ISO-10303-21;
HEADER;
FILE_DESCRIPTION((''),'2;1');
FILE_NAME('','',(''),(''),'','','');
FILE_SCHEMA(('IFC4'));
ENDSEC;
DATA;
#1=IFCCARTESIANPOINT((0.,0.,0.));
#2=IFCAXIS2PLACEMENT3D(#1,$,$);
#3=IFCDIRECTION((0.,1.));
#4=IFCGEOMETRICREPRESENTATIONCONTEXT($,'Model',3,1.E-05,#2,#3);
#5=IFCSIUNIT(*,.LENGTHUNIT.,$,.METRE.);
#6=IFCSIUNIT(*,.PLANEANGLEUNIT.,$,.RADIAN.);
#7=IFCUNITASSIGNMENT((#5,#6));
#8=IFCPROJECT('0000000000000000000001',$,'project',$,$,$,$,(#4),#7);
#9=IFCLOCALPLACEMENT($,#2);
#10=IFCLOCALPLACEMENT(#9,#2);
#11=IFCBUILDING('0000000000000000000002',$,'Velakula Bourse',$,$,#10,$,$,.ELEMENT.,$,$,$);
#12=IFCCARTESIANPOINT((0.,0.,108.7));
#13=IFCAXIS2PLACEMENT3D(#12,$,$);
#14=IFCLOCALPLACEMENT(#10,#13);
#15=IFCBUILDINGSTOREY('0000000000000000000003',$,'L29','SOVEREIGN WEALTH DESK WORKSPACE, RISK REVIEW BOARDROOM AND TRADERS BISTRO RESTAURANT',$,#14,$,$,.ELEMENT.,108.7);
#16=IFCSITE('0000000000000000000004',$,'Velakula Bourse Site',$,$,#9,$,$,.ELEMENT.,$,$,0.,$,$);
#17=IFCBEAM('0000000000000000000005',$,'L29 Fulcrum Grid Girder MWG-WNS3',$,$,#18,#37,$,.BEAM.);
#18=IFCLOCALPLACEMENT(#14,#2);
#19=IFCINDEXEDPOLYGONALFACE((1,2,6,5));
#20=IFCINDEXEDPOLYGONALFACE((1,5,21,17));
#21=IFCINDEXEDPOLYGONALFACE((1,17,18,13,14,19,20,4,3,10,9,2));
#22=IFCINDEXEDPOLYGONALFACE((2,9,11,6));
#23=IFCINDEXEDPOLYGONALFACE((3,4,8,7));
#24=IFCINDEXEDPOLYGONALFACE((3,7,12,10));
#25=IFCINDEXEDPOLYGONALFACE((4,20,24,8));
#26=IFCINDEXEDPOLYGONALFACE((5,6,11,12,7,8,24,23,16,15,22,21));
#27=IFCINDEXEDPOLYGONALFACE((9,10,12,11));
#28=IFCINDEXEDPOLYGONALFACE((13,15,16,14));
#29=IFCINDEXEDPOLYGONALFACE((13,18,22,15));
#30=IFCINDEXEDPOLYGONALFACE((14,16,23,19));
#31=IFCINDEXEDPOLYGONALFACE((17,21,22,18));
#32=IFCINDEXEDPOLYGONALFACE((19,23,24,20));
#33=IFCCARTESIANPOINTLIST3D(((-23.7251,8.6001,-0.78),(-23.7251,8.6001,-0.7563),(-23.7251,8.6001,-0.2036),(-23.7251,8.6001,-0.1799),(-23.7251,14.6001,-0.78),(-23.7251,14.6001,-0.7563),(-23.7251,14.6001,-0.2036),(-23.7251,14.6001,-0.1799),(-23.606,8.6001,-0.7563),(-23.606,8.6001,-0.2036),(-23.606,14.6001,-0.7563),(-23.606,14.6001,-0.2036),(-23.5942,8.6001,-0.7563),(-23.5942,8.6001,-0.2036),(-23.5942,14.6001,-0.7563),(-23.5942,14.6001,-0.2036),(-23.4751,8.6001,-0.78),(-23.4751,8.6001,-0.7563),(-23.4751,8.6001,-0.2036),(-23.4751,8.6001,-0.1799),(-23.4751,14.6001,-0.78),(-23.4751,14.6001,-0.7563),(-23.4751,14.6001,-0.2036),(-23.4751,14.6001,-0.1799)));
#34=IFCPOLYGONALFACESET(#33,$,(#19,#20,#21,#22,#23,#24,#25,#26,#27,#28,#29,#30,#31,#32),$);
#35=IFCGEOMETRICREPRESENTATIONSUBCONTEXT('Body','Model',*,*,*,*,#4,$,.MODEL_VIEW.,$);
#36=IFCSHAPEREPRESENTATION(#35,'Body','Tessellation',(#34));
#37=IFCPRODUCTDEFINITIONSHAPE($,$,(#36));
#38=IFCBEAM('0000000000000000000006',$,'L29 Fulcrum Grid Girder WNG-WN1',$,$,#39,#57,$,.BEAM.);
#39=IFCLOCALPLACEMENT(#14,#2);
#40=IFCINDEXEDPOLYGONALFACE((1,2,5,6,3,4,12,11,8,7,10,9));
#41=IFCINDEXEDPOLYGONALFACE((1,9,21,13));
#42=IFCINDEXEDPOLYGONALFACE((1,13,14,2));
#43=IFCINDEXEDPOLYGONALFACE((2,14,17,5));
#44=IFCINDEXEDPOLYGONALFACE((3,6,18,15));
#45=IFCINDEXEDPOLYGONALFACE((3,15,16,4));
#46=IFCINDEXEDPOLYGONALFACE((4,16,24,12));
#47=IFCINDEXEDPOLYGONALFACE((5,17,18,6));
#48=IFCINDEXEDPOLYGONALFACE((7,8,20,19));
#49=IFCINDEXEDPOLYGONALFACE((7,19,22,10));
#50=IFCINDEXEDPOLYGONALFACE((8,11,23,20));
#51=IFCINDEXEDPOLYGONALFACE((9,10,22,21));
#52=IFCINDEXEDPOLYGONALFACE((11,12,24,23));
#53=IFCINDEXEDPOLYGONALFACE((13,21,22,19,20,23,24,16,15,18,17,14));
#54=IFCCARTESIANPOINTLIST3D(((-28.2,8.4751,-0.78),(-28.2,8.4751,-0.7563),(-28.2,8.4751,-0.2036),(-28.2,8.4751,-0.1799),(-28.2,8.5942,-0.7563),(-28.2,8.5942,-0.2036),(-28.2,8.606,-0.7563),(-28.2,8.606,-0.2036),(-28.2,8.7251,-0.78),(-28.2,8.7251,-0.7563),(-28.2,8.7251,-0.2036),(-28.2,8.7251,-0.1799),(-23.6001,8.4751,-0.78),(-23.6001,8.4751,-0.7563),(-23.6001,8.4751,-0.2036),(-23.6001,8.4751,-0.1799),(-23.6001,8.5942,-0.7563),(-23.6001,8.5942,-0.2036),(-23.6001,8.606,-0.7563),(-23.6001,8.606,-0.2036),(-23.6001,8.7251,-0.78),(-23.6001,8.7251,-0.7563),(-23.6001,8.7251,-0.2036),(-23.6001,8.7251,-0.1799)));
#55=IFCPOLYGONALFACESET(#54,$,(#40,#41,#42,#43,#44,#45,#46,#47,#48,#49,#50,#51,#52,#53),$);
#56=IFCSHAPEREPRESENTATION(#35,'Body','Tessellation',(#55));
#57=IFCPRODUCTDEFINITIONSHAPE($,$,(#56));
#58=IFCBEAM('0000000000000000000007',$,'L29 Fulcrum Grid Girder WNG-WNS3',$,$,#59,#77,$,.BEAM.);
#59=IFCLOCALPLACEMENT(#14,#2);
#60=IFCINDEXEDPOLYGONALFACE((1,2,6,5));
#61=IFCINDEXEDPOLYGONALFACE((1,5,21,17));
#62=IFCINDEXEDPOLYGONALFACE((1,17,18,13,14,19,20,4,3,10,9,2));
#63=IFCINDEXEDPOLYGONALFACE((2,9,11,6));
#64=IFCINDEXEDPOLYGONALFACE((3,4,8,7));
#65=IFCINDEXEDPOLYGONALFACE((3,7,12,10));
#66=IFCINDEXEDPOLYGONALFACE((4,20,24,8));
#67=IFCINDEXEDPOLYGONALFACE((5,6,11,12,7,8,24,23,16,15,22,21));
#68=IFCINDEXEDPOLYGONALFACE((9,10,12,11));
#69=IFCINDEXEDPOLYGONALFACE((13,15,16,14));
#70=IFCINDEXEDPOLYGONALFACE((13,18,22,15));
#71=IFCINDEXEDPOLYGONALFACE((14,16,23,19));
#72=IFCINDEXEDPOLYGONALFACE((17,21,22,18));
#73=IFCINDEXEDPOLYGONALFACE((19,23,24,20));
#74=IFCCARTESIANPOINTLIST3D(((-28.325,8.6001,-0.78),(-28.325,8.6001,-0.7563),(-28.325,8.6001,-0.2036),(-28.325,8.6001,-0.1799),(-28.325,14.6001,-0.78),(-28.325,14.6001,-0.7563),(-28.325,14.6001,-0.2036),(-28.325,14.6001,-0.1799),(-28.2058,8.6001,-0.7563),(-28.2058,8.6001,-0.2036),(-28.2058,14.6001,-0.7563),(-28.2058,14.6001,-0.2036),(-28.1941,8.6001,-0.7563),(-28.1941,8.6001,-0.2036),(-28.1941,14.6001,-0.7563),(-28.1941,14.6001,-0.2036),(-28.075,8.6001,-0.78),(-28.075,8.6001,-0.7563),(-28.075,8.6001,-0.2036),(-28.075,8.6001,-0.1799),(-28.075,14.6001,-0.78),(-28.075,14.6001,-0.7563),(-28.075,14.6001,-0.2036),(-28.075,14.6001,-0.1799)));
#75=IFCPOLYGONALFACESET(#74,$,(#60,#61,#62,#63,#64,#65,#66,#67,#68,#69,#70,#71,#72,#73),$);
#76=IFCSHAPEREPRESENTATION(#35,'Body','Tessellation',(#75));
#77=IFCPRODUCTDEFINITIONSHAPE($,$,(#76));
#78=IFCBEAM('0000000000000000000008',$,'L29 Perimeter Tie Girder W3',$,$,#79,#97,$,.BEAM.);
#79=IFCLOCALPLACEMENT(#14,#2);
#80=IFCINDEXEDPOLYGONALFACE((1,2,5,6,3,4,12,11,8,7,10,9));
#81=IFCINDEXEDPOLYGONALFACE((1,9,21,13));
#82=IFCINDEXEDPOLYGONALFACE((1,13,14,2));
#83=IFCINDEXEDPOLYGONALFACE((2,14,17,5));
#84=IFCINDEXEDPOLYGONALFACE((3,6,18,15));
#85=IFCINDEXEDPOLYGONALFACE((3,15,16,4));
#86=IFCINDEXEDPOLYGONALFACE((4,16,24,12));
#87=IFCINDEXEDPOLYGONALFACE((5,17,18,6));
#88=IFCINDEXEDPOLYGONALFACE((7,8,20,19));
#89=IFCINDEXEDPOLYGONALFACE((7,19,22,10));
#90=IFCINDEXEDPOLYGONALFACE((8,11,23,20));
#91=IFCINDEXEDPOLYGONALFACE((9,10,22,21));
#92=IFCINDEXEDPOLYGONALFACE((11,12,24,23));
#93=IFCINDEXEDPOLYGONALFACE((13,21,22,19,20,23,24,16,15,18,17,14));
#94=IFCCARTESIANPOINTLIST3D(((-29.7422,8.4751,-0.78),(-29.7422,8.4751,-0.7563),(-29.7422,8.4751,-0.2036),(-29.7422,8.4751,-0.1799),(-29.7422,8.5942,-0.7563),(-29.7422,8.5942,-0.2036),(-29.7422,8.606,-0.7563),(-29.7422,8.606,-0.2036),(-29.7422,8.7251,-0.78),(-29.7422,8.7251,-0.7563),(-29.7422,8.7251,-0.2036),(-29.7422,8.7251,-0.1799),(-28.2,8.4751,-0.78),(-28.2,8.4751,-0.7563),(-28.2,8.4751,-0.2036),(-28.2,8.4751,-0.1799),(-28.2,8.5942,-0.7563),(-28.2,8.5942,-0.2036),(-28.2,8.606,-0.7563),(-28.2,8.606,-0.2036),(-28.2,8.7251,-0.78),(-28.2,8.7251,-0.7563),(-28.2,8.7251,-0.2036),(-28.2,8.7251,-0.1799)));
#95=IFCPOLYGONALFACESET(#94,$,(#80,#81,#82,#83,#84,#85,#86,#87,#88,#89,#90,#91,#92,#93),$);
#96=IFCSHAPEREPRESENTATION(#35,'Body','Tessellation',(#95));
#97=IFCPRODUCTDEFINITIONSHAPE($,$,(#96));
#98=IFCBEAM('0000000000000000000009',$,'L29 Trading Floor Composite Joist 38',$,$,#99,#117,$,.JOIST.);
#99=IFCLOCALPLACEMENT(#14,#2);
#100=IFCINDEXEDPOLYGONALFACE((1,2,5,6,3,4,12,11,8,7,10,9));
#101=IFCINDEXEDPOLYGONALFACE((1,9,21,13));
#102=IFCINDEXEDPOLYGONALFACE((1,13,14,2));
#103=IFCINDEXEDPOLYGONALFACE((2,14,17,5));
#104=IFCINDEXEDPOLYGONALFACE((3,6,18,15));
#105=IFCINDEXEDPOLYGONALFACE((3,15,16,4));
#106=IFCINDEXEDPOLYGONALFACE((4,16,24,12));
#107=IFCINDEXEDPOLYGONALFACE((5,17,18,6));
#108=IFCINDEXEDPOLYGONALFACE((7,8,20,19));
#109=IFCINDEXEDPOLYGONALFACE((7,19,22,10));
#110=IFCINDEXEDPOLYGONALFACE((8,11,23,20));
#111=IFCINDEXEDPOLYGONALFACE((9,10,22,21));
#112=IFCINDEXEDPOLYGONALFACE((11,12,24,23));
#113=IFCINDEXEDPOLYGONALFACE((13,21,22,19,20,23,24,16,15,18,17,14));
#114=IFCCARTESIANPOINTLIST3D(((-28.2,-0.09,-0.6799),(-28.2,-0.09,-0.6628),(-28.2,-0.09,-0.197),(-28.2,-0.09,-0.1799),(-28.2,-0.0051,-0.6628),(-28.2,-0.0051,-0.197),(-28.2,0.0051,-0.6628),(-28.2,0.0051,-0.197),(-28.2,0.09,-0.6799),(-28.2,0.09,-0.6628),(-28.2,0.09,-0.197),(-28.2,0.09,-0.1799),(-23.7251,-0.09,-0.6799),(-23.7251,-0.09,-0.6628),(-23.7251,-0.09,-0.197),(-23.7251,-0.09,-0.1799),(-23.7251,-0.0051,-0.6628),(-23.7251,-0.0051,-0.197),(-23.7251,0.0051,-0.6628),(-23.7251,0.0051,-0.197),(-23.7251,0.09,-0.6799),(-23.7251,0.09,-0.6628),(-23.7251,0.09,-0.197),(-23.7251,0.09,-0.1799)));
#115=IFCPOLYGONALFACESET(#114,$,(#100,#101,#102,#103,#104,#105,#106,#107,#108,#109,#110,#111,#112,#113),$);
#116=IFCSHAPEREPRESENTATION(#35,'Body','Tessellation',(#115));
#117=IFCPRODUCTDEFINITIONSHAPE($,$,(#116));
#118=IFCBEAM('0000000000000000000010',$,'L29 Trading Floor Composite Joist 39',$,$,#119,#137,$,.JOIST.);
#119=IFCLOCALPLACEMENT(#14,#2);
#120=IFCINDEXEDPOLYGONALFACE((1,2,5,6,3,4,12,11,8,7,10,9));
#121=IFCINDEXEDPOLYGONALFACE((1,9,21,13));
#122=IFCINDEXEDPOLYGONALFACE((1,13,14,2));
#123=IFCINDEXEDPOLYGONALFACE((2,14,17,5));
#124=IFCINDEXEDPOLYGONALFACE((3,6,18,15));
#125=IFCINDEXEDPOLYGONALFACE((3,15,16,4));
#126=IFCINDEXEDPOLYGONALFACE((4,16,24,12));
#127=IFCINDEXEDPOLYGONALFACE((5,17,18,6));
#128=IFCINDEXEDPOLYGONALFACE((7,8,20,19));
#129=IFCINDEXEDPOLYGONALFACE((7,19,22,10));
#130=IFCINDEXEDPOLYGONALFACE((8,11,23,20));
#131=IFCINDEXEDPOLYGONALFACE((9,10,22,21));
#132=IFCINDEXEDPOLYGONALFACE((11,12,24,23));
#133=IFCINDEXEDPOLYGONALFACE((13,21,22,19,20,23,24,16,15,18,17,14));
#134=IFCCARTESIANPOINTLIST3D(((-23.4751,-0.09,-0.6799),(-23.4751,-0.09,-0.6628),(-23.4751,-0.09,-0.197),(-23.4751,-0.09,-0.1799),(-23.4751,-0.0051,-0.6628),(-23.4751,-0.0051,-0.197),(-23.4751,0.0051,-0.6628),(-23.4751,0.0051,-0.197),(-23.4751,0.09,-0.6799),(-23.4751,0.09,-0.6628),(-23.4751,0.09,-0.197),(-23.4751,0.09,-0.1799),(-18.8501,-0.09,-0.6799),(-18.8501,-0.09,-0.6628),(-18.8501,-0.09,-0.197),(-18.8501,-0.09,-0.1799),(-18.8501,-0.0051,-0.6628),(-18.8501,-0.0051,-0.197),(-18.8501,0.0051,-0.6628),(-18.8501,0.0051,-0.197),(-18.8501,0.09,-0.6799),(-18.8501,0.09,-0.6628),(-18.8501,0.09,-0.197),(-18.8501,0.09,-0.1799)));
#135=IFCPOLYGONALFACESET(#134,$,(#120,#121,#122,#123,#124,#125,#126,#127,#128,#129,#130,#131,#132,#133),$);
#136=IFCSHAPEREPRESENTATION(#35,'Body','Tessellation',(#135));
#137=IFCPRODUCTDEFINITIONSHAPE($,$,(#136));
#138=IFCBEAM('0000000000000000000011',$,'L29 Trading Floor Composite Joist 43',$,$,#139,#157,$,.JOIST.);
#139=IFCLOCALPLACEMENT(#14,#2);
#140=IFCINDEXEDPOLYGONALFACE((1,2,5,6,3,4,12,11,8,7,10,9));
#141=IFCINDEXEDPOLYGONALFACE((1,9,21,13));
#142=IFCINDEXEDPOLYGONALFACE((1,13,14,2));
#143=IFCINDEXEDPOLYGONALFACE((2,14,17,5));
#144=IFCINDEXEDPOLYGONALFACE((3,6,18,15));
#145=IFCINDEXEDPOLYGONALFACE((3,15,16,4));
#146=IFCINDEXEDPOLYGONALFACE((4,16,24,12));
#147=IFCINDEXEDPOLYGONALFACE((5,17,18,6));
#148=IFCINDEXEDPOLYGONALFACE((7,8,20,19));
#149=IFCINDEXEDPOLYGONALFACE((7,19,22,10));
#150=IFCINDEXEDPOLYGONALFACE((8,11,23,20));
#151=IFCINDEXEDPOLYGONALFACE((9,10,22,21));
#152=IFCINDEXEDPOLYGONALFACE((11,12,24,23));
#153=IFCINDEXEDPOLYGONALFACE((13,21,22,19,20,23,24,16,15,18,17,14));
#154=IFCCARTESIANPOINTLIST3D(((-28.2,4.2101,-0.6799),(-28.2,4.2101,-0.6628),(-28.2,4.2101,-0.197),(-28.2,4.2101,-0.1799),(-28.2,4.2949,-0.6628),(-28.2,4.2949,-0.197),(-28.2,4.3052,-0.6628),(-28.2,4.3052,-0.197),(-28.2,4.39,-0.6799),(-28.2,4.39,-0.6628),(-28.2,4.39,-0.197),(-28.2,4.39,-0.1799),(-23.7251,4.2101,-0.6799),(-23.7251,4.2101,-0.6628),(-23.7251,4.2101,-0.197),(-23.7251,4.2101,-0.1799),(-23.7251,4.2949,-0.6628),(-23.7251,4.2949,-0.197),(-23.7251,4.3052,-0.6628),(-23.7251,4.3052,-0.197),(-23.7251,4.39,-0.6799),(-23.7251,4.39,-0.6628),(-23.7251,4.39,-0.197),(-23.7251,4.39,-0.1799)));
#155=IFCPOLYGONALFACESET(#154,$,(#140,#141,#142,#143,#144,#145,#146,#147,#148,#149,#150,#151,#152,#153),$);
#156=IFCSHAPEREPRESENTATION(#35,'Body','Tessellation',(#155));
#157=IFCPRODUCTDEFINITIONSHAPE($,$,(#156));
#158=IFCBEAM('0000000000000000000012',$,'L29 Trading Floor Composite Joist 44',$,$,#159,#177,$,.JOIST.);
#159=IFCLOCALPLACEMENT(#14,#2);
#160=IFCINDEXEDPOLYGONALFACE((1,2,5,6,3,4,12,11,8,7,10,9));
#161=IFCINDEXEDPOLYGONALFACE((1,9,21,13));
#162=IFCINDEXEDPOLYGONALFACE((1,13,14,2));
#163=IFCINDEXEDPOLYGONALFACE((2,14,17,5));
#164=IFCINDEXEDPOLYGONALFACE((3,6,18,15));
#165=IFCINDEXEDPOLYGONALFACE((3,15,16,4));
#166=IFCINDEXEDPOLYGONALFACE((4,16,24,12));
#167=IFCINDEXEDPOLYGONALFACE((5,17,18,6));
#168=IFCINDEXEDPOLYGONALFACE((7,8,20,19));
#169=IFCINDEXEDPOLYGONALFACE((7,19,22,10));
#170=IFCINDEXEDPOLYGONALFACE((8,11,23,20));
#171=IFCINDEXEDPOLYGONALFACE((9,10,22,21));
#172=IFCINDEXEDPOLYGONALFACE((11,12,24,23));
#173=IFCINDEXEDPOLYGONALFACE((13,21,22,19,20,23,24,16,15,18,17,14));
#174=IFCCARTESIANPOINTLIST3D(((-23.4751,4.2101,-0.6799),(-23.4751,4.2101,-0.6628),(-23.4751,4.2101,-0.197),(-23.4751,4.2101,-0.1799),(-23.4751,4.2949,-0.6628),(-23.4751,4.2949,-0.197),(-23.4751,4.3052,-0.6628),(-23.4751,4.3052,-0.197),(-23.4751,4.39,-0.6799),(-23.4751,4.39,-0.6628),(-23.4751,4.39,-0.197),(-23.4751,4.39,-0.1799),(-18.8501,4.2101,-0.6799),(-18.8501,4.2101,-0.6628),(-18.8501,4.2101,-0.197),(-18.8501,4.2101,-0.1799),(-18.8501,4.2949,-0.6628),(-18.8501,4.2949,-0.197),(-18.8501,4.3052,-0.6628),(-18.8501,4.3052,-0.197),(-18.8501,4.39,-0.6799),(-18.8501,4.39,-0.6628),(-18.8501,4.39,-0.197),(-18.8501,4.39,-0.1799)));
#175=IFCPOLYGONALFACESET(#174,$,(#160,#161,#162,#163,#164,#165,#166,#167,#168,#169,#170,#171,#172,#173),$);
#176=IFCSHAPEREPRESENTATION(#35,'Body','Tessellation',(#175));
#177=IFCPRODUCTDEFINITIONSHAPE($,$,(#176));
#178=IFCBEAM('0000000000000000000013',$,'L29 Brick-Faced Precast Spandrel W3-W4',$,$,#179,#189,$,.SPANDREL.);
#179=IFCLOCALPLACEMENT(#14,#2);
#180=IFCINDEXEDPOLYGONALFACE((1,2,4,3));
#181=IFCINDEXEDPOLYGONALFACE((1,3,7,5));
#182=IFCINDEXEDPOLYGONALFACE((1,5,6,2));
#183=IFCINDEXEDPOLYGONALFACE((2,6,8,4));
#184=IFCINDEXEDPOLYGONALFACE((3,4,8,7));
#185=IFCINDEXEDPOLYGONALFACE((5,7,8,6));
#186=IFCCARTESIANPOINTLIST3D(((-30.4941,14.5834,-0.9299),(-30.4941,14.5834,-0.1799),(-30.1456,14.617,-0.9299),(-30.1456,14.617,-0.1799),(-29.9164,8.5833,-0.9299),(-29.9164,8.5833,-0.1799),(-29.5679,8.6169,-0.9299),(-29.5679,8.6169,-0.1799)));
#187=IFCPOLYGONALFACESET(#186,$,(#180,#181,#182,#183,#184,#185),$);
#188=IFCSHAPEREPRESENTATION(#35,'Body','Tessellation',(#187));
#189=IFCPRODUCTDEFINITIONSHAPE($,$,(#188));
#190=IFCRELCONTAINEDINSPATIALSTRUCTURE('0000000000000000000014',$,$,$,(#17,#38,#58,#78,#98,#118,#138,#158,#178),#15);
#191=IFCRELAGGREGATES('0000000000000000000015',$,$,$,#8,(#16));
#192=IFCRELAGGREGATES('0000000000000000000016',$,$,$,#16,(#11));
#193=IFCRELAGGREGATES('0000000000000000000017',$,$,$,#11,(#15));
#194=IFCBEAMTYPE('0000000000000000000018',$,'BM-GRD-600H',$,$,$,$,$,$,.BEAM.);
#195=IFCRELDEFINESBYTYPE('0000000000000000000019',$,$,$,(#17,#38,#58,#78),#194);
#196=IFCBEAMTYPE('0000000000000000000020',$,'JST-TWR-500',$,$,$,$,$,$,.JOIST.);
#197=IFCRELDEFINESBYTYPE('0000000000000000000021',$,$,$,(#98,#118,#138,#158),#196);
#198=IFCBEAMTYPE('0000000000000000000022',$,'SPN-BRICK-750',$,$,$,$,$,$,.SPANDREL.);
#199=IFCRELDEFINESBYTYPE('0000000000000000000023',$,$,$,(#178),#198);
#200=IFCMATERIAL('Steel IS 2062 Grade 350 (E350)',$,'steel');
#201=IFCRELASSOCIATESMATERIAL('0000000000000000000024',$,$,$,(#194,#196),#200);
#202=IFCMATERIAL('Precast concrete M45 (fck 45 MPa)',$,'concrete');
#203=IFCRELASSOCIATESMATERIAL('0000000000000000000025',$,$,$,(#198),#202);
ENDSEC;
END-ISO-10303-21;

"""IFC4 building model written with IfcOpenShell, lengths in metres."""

from ifc_helpers import new_model, si_unit, direction, frame, origin, origin_2d, place, context, subcontext, project, spatial, rectangle, i_section, extrude, material, material_profile, profile_set, type_object, element, save


model = new_model("IFC4")

# Units and contexts
model_context = context("Model", 3, precision=1e-05, world=origin(), true_north=direction((0.0, 1.0)))
body_context = subcontext(model_context, "Body", "Model", "MODEL_VIEW")
ifc_project = project(units=[si_unit("LENGTHUNIT", "METRE"), si_unit("PLANEANGLEUNIT", "RADIAN")], contexts=[model_context])

# Site, building, storey
site_placement = place(None, origin())
site = spatial("IfcSite", under=ifc_project, at=site_placement, Name="Velakula Bourse Site", CompositionType="ELEMENT", RefElevation=0.0)
building_placement = place(site_placement, origin())
building = spatial("IfcBuilding", under=site, at=building_placement, Name="Velakula Bourse", CompositionType="ELEMENT")
storey_placement = place(building_placement, frame((0.0, 0.0, 108.7)))
storey = spatial("IfcBuildingStorey", under=building, at=storey_placement, Name="L29", Description="SOVEREIGN WEALTH DESK WORKSPACE, RISK REVIEW BOARDROOM AND TRADERS BISTRO RESTAURANT", CompositionType="ELEMENT", Elevation=108.7)

# Beams
ifc_material_1 = material(Name="Steel IS 2062 Grade 350 (E350)", Category="steel")
ifc_material_profile_1 = material_profile(ifc_material_1, i_section(OverallWidth=0.25, OverallDepth=0.6001, WebThickness=0.0117, FlangeThickness=0.0237, at=origin_2d()), Name="Steel IS 2062 Grade 350 (E350)")
ifc_profile_set_1 = profile_set([ifc_material_profile_1], Name="Steel IS 2062 Grade 350 (E350)")
beam_type_1 = type_object("IfcBeamType", Name="BM-GRD-600H", PredefinedType="BEAM", material=ifc_profile_set_1)
beam_1_placement = place(storey_placement, frame((-23.6001, 8.6001, -0.48), z_axis=(0.0, 1.0, 0.0), x_axis=(-1.0, 0.0, 0.0)))
element("IfcBeam", 1, at=beam_1_placement, inside=storey, type_object=beam_type_1, Name="L29 Fulcrum Grid Girder MWG-WNS3", PredefinedType="BEAM", context=body_context, shape_type="SweptSolid", body=[
    extrude(i_section(OverallWidth=0.25, OverallDepth=0.6001, WebThickness=0.0117, FlangeThickness=0.0237, at=origin_2d()), origin(), (0.0, 0.0, 1.0), 6.0),
])
beam_2_placement = place(storey_placement, frame((-28.2, 8.6001, -0.48), z_axis=(1.0, 0.0, 0.0), x_axis=(0.0, 1.0, 0.0)))
element("IfcBeam", 2, at=beam_2_placement, inside=storey, type_object=beam_type_1, Name="L29 Fulcrum Grid Girder WNG-WN1", PredefinedType="BEAM", context=body_context, shape_type="SweptSolid", body=[
    extrude(i_section(OverallWidth=0.25, OverallDepth=0.6001, WebThickness=0.0117, FlangeThickness=0.0237, at=origin_2d()), origin(), (0.0, 0.0, 1.0), 4.5999),
])
beam_3_placement = place(storey_placement, frame((-28.2, 8.6001, -0.48), z_axis=(0.0, 1.0, 0.0), x_axis=(-1.0, 0.0, 0.0)))
element("IfcBeam", 3, at=beam_3_placement, inside=storey, type_object=beam_type_1, Name="L29 Fulcrum Grid Girder WNG-WNS3", PredefinedType="BEAM", context=body_context, shape_type="SweptSolid", body=[
    extrude(i_section(OverallWidth=0.25, OverallDepth=0.6001, WebThickness=0.0117, FlangeThickness=0.0237, at=origin_2d()), origin(), (0.0, 0.0, 1.0), 6.0),
])
beam_4_placement = place(storey_placement, frame((-28.2, 8.6001, -0.48), z_axis=(-1.0, 0.0, 0.0), x_axis=(0.0, -1.0, 0.0)))
element("IfcBeam", 4, at=beam_4_placement, inside=storey, type_object=beam_type_1, Name="L29 Perimeter Tie Girder W3", PredefinedType="BEAM", context=body_context, shape_type="SweptSolid", body=[
    extrude(i_section(OverallWidth=0.25, OverallDepth=0.6001, WebThickness=0.0117, FlangeThickness=0.0237, at=origin_2d()), origin(), (0.0, 0.0, 1.0), 1.5422),
])
ifc_material_profile_2 = material_profile(ifc_material_1, i_section(OverallWidth=0.1799, OverallDepth=0.5, WebThickness=0.0103, FlangeThickness=0.0171, at=origin_2d()), Name="Steel IS 2062 Grade 350 (E350)")
ifc_profile_set_2 = profile_set([ifc_material_profile_2], Name="Steel IS 2062 Grade 350 (E350)")
beam_type_2 = type_object("IfcBeamType", Name="JST-TWR-500", PredefinedType="JOIST", material=ifc_profile_set_2)
beam_5_placement = place(storey_placement, frame((-28.2, 0.0, -0.4299), z_axis=(1.0, 0.0, 0.0), x_axis=(0.0, 1.0, 0.0)))
element("IfcBeam", 5, at=beam_5_placement, inside=storey, type_object=beam_type_2, Name="L29 Trading Floor Composite Joist 38", PredefinedType="JOIST", context=body_context, shape_type="SweptSolid", body=[
    extrude(i_section(OverallWidth=0.1799, OverallDepth=0.5, WebThickness=0.0103, FlangeThickness=0.0171, at=origin_2d()), origin(), (0.0, 0.0, 1.0), 4.4749),
])
beam_6_placement = place(storey_placement, frame((-23.4751, 0.0, -0.4299), z_axis=(1.0, 0.0, 0.0), x_axis=(0.0, 1.0, 0.0)))
element("IfcBeam", 6, at=beam_6_placement, inside=storey, type_object=beam_type_2, Name="L29 Trading Floor Composite Joist 39", PredefinedType="JOIST", context=body_context, shape_type="SweptSolid", body=[
    extrude(i_section(OverallWidth=0.1799, OverallDepth=0.5, WebThickness=0.0103, FlangeThickness=0.0171, at=origin_2d()), origin(), (0.0, 0.0, 1.0), 4.625),
])
beam_7_placement = place(storey_placement, frame((-28.2, 4.3, -0.4299), z_axis=(1.0, 0.0, 0.0), x_axis=(0.0, 1.0, 0.0)))
element("IfcBeam", 7, at=beam_7_placement, inside=storey, type_object=beam_type_2, Name="L29 Trading Floor Composite Joist 43", PredefinedType="JOIST", context=body_context, shape_type="SweptSolid", body=[
    extrude(i_section(OverallWidth=0.1799, OverallDepth=0.5, WebThickness=0.0103, FlangeThickness=0.0171, at=origin_2d()), origin(), (0.0, 0.0, 1.0), 4.4749),
])
beam_8_placement = place(storey_placement, frame((-23.4751, 4.3, -0.4299), z_axis=(1.0, 0.0, 0.0), x_axis=(0.0, 1.0, 0.0)))
element("IfcBeam", 8, at=beam_8_placement, inside=storey, type_object=beam_type_2, Name="L29 Trading Floor Composite Joist 44", PredefinedType="JOIST", context=body_context, shape_type="SweptSolid", body=[
    extrude(i_section(OverallWidth=0.1799, OverallDepth=0.5, WebThickness=0.0103, FlangeThickness=0.0171, at=origin_2d()), origin(), (0.0, 0.0, 1.0), 4.625),
])
ifc_material_2 = material(Name="Precast concrete M45 (fck 45 MPa)", Category="concrete")
ifc_material_profile_3 = material_profile(ifc_material_2, rectangle(XDim=0.3501, YDim=0.75, at=origin_2d()), Name="Precast concrete M45 (fck 45 MPa)")
ifc_profile_set_3 = profile_set([ifc_material_profile_3], Name="Precast concrete M45 (fck 45 MPa)")
beam_type_3 = type_object("IfcBeamType", Name="SPN-BRICK-750", PredefinedType="SPANDREL", material=ifc_profile_set_3)
beam_9_placement = place(storey_placement, frame((-29.7422, 8.6001, -0.5549), z_axis=(-0.09583, 0.995398, 0.0), x_axis=(-0.995398, -0.09583, 0.0)))
element("IfcBeam", 9, at=beam_9_placement, inside=storey, type_object=beam_type_3, Name="L29 Brick-Faced Precast Spandrel W3-W4", PredefinedType="SPANDREL", context=body_context, shape_type="SweptSolid", body=[
    extrude(rectangle(XDim=0.3501, YDim=0.75, at=origin_2d()), origin(), (0.0, 0.0, 1.0), 6.0278),
])

save(model, "model.ifc")
